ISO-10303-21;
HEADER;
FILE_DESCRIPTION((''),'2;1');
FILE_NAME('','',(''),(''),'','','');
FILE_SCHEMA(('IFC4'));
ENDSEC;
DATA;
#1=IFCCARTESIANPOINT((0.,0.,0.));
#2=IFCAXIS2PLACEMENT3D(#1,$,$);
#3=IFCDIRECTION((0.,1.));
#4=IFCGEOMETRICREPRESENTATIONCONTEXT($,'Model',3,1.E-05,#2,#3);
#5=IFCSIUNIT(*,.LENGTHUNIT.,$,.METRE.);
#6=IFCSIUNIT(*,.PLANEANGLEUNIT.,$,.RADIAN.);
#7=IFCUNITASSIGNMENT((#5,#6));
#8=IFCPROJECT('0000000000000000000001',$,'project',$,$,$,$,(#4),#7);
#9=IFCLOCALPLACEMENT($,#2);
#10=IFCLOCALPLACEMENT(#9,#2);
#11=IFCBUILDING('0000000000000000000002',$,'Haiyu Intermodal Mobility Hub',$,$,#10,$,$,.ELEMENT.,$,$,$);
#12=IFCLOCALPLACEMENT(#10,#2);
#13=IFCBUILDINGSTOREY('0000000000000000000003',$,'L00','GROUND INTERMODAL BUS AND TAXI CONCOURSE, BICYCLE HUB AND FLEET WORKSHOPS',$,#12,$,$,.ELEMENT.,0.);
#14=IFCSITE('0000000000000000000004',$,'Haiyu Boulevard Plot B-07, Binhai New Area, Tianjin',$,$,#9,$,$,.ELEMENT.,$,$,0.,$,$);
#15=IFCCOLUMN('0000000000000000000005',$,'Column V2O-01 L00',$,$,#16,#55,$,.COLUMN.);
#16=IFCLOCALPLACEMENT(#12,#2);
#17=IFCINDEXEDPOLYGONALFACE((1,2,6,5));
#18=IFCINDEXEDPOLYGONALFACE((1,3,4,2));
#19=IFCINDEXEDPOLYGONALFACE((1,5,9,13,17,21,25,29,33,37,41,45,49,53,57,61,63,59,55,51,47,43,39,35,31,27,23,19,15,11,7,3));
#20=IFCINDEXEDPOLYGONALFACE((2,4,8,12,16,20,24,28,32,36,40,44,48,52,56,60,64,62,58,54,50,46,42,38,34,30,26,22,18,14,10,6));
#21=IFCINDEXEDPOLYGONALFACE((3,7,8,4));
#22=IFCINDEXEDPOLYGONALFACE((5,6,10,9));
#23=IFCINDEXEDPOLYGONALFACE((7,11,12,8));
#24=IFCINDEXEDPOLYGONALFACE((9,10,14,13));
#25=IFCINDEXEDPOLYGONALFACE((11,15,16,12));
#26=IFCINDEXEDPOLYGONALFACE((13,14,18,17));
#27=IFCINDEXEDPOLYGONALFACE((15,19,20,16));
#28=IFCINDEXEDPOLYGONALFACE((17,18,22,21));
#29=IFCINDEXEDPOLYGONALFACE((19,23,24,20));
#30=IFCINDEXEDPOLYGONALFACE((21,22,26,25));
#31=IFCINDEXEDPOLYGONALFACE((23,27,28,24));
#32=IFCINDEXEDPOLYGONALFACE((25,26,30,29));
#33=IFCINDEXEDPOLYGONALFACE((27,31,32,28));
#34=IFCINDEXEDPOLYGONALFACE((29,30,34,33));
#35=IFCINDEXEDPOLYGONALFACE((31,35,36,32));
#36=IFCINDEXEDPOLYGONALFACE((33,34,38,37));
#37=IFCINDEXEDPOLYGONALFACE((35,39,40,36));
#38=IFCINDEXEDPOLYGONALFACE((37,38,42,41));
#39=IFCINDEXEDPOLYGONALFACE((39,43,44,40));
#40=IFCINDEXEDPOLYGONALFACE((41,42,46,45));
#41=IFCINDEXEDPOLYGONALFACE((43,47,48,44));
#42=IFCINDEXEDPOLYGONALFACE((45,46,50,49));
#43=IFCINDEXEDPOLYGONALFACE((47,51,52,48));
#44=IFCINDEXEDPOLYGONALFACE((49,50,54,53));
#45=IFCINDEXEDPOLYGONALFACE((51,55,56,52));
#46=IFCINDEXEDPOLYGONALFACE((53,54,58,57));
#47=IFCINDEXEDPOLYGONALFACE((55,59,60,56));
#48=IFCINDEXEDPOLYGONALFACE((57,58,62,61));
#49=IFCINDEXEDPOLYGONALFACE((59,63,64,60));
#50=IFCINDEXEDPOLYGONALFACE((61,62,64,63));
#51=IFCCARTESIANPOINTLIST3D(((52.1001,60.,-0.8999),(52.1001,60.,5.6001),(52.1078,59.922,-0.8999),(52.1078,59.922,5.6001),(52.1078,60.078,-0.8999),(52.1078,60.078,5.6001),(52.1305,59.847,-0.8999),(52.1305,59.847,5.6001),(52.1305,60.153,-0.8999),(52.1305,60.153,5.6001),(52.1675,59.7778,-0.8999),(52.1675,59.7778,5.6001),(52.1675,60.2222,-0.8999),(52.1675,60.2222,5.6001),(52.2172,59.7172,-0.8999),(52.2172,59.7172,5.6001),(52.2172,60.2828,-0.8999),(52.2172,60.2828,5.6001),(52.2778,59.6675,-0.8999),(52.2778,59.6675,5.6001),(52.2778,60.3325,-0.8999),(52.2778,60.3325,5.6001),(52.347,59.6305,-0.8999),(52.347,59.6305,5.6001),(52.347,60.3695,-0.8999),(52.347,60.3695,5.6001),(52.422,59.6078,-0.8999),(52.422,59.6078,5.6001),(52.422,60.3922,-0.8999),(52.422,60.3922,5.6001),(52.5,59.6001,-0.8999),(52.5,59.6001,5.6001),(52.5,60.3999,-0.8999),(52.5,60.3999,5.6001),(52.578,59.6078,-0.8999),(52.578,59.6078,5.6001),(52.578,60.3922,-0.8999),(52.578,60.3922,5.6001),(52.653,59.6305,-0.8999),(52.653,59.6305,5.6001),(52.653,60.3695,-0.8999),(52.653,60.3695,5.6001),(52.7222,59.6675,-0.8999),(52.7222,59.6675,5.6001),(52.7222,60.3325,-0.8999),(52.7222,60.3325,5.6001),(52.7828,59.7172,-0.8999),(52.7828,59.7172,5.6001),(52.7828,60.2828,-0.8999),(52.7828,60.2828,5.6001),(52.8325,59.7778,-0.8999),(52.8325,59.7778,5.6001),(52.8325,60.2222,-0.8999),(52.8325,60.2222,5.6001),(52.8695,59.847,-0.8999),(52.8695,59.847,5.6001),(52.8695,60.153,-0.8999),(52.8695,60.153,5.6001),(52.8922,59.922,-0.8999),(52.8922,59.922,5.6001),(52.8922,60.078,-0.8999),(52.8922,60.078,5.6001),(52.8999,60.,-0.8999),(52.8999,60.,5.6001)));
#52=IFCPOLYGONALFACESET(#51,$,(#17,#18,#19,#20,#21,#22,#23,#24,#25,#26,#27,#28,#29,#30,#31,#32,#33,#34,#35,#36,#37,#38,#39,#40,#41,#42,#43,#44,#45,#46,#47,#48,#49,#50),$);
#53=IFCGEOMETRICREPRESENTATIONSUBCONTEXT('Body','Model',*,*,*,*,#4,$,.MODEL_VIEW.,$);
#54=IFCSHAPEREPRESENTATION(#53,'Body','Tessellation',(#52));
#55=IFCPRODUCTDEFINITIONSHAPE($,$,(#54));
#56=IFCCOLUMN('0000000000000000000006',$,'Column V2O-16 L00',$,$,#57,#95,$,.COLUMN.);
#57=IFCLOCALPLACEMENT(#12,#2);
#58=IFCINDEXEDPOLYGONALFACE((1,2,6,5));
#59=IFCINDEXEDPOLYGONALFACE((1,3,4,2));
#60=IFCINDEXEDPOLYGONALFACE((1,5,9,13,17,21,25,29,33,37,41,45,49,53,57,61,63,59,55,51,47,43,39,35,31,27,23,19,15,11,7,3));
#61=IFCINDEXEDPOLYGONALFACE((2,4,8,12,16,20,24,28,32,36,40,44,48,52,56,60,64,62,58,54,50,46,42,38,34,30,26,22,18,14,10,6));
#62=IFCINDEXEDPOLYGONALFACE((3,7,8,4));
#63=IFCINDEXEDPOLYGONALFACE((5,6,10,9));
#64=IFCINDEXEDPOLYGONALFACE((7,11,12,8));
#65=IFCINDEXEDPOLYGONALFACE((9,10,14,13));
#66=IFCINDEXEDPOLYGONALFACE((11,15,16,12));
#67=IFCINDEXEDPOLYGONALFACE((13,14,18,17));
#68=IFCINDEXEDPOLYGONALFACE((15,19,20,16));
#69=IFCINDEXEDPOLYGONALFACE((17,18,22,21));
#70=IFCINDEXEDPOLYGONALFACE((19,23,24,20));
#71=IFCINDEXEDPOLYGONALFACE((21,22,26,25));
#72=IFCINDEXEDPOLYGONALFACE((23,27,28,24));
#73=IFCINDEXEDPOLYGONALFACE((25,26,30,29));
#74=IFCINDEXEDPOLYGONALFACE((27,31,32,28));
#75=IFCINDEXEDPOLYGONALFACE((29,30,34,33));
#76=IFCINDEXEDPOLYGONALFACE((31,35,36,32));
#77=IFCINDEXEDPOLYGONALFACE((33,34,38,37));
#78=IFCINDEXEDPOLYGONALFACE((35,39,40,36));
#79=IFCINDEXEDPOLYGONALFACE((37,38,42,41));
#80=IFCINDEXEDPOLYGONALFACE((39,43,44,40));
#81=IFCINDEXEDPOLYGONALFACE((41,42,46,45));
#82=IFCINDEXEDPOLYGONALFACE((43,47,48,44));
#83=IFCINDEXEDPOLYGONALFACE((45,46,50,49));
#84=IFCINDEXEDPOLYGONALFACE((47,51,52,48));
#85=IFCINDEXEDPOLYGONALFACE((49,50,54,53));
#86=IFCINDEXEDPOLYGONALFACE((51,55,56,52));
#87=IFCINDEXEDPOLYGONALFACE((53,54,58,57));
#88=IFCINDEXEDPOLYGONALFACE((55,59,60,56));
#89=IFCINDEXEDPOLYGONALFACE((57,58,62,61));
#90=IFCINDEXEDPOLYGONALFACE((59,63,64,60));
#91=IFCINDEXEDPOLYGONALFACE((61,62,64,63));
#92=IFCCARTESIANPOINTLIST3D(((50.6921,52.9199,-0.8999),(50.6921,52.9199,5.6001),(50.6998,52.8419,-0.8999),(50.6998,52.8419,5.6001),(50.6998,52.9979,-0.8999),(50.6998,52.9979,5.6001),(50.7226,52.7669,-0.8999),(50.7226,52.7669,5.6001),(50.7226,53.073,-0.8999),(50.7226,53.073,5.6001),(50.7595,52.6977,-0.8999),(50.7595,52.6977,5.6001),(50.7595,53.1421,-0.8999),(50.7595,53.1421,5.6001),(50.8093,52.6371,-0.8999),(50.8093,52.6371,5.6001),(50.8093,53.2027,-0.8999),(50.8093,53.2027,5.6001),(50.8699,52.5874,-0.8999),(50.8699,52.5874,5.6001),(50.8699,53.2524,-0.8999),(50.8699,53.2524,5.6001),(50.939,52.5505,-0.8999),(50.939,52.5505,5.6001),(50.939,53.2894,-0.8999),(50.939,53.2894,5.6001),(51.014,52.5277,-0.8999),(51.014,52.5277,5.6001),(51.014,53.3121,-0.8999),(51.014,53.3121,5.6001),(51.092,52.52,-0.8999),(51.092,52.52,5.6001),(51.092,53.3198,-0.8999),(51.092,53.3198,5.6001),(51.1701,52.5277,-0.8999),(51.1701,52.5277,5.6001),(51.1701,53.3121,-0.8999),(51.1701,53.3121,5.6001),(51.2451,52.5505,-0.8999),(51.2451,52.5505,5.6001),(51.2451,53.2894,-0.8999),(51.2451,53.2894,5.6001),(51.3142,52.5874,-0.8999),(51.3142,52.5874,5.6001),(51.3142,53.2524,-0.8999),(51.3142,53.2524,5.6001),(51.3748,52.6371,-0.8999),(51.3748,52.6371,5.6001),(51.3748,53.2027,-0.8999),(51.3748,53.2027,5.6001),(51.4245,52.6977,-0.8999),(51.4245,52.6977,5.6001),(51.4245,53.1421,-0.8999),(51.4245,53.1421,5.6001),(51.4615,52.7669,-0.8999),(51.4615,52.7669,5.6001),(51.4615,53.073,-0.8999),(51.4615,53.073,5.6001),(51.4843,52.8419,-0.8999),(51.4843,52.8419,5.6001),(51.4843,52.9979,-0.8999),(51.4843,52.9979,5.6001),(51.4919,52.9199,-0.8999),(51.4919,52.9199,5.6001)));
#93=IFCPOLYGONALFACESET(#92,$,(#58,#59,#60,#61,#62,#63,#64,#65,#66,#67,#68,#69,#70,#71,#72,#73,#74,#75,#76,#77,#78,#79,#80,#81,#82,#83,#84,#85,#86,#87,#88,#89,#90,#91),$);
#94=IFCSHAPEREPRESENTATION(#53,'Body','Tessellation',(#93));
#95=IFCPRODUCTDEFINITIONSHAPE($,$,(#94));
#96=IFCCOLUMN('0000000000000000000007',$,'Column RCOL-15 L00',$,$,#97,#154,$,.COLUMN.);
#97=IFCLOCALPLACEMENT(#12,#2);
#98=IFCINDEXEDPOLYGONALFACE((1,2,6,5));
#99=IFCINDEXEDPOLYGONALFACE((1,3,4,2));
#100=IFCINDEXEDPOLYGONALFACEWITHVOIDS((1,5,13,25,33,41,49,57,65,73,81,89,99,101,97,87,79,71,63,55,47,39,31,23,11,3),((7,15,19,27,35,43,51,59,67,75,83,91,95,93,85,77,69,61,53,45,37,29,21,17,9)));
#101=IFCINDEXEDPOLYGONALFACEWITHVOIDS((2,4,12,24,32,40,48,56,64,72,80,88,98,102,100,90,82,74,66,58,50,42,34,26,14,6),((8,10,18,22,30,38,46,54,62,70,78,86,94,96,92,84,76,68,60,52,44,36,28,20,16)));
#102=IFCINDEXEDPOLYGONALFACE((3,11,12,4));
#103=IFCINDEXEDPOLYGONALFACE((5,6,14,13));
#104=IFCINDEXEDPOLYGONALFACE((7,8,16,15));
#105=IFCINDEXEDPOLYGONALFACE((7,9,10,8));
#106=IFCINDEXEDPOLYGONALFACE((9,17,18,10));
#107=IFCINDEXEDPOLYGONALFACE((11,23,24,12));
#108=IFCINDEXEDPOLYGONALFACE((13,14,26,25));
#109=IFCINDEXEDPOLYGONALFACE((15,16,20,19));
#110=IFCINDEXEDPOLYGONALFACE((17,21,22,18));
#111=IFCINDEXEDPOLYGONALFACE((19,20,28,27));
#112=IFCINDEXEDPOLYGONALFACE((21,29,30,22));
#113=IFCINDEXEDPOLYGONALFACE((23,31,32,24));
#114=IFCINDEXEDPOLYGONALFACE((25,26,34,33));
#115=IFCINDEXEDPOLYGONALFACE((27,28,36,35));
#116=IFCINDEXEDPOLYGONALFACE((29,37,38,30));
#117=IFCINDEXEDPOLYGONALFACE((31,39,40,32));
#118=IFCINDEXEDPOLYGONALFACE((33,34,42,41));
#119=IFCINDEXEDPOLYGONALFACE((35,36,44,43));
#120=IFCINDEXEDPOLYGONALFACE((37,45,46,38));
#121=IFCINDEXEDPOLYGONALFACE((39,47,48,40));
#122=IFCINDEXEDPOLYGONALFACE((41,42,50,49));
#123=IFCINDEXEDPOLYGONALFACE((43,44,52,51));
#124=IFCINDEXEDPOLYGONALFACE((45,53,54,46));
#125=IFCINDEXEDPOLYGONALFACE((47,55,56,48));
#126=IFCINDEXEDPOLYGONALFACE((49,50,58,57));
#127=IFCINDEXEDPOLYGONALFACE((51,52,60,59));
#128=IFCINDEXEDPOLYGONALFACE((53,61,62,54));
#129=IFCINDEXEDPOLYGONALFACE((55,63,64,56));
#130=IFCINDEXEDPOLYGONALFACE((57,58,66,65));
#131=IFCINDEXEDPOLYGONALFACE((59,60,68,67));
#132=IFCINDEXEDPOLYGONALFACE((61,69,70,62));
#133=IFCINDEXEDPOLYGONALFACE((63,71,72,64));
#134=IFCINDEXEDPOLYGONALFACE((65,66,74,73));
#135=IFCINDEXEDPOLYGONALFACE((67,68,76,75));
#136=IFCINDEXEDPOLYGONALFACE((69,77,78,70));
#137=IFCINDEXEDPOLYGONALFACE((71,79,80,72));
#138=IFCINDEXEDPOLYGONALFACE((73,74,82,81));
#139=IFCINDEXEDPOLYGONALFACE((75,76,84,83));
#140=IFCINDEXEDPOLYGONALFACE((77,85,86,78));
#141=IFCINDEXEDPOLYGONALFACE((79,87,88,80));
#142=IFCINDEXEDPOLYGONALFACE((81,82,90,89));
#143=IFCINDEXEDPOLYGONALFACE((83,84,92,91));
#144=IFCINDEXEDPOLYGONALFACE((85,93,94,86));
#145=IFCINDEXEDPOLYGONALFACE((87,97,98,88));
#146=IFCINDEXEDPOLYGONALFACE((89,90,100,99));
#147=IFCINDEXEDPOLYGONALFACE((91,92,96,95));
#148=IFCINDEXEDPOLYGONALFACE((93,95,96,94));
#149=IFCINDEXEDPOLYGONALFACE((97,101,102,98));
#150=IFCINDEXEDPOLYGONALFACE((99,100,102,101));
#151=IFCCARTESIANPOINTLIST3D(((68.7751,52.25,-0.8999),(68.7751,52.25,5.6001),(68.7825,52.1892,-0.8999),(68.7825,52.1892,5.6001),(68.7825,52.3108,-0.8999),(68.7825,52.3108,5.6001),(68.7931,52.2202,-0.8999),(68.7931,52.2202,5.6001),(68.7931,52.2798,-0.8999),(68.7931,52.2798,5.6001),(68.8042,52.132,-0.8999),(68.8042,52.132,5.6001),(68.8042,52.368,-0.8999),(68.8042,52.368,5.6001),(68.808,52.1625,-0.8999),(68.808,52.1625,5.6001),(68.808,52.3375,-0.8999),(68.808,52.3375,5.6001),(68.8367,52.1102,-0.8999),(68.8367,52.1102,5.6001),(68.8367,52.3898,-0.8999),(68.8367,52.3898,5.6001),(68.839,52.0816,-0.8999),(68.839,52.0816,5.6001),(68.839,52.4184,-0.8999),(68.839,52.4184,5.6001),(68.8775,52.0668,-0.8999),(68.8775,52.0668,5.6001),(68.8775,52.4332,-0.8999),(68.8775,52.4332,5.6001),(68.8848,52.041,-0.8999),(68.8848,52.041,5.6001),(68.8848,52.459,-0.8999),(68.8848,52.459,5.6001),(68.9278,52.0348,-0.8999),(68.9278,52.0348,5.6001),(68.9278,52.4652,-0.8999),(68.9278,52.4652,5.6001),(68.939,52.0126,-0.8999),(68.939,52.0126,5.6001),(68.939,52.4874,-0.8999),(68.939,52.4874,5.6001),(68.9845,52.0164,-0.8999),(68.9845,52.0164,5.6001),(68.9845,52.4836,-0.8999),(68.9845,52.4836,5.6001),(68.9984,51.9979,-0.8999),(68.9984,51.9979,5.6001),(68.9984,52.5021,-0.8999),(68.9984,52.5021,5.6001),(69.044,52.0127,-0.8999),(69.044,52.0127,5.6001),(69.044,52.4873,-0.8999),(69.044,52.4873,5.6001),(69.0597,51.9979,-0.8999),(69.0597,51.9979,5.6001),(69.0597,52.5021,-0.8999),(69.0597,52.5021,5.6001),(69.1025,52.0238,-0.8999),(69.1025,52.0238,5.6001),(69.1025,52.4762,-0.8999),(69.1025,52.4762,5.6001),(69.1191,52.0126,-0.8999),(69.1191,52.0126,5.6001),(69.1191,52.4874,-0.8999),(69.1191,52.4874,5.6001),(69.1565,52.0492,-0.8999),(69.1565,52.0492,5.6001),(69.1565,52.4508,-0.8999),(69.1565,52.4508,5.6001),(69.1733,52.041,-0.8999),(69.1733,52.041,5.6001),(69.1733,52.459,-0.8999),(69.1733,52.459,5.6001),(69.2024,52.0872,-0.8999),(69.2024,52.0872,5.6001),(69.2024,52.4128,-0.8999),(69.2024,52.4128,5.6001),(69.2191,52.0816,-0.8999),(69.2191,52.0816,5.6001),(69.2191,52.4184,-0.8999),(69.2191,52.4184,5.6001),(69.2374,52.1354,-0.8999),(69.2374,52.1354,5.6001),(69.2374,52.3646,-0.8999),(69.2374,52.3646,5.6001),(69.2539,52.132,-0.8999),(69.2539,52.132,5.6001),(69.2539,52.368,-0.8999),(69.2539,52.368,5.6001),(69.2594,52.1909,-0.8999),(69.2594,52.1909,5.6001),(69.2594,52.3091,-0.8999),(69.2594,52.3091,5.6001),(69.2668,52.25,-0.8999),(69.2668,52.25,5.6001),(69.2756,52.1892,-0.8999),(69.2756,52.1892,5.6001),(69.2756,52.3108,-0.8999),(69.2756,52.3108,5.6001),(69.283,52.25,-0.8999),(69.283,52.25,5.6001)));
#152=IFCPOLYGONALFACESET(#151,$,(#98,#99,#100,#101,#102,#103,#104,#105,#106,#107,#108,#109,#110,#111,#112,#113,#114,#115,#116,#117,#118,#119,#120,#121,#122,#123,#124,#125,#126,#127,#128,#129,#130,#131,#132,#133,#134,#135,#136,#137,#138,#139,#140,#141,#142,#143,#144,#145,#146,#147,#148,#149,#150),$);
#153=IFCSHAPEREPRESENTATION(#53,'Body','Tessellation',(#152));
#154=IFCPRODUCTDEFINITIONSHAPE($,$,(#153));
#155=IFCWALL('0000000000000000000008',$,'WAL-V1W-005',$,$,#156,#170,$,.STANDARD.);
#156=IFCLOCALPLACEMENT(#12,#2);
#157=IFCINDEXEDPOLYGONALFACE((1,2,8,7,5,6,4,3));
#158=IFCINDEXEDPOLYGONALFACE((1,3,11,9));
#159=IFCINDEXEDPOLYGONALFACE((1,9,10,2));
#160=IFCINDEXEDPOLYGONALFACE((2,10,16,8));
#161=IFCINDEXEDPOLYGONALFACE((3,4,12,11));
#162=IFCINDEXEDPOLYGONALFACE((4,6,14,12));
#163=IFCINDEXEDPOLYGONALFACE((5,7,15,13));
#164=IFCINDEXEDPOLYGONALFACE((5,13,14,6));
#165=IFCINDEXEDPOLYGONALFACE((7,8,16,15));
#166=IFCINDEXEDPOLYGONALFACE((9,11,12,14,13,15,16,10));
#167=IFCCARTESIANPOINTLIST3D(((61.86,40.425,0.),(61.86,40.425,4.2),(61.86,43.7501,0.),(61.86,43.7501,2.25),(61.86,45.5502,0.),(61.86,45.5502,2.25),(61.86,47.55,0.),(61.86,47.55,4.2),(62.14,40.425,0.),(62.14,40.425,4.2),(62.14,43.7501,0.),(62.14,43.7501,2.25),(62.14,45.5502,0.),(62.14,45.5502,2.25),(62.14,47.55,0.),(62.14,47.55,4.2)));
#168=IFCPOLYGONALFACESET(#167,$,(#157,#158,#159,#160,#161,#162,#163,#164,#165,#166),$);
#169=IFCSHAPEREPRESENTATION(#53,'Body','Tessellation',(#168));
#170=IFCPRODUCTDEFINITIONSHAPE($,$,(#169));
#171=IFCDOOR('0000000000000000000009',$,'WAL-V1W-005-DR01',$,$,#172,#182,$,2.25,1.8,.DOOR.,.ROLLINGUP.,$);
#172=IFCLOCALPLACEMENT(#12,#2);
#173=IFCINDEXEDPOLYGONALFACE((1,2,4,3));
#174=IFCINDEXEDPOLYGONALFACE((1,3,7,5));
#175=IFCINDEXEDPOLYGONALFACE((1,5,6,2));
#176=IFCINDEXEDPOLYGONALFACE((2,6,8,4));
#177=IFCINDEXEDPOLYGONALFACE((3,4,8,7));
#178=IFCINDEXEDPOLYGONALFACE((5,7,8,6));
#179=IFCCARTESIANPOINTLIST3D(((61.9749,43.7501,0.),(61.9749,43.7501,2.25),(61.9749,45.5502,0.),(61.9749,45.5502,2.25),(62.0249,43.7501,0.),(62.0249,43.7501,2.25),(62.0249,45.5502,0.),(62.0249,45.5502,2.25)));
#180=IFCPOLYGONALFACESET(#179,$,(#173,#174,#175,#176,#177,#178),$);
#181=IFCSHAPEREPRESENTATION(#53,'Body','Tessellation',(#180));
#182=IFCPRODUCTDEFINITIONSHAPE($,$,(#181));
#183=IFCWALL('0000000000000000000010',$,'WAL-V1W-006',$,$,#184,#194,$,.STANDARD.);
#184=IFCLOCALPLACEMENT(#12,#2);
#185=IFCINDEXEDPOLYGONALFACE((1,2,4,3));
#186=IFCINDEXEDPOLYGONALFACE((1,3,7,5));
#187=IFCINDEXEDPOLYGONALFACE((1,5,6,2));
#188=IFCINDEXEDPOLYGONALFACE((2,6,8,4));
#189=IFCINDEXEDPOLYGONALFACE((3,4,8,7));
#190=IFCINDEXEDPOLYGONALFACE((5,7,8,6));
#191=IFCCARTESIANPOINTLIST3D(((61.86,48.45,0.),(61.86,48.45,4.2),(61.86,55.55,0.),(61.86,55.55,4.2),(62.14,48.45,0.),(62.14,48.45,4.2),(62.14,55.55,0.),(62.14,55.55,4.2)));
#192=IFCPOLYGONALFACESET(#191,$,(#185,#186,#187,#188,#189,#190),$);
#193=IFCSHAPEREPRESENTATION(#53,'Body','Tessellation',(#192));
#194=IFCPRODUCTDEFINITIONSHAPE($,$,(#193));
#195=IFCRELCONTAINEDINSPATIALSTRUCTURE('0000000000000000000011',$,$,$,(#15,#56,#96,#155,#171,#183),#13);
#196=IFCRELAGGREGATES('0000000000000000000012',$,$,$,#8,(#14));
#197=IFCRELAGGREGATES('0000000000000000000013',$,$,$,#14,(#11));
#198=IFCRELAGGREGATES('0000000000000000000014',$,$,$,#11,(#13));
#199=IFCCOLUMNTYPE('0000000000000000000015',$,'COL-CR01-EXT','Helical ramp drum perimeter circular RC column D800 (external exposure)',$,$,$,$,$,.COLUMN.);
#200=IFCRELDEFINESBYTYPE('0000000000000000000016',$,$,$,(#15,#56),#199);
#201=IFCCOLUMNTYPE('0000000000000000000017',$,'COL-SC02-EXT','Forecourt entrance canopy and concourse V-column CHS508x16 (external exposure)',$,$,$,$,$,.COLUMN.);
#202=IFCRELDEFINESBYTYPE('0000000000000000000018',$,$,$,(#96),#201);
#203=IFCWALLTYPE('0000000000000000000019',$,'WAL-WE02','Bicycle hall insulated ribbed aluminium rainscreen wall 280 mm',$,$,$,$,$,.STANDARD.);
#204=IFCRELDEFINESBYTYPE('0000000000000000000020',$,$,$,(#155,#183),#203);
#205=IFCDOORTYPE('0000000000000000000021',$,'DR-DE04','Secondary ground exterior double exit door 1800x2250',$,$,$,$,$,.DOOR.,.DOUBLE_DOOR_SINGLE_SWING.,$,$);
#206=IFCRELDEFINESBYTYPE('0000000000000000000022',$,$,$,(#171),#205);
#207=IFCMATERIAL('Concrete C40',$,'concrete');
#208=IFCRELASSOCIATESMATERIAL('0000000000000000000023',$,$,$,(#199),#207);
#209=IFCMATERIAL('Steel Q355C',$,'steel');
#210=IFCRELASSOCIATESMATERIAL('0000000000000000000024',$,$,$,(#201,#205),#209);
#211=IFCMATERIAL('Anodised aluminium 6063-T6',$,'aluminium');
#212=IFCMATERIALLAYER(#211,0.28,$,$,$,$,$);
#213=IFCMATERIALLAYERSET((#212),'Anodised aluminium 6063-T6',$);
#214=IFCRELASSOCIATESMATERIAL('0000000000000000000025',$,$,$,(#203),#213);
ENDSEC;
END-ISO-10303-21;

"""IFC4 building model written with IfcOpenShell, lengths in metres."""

from ifc_helpers import new_model, si_unit, direction, frame, frame_2d, origin, origin_2d, place, context, subcontext, project, spatial, rectangle, circle, hollow_circle, extrude, material, layer, layer_set, material_profile, profile_set, type_object, element, fill, save


model = new_model("IFC4")

# Units and contexts
model_context = context("Model", 3, precision=1e-05, world=origin(), true_north=direction((0.0, 1.0)))
body_context = subcontext(model_context, "Body", "Model", "MODEL_VIEW")
ifc_project = project(units=[si_unit("LENGTHUNIT", "METRE"), si_unit("PLANEANGLEUNIT", "RADIAN")], contexts=[model_context])

# Site, building, storey
site_placement = place(None, origin())
site = spatial("IfcSite", under=ifc_project, at=site_placement, Name="Haiyu Boulevard Plot B-07, Binhai New Area, Tianjin", CompositionType="ELEMENT", RefElevation=0.0)
building_placement = place(site_placement, origin())
building = spatial("IfcBuilding", under=site, at=building_placement, Name="Haiyu Intermodal Mobility Hub", CompositionType="ELEMENT")
storey_placement = place(building_placement, origin())
storey = spatial("IfcBuildingStorey", under=building, at=storey_placement, Name="L00", Description="GROUND INTERMODAL BUS AND TAXI CONCOURSE, BICYCLE HUB AND FLEET WORKSHOPS", CompositionType="ELEMENT", Elevation=0.0)

# Shared definitions
ifc_material_1 = material(Name="Concrete C40", Category="concrete")

# Columns
ifc_material_profile_1 = material_profile(ifc_material_1, circle(Radius=0.3999, at=origin_2d()), Name="RCCOL-D800")
ifc_profile_set_1 = profile_set([ifc_material_profile_1], Name="Concrete C40")
column_type_1 = type_object("IfcColumnType", Name="COL-CR01-EXT", Description="Helical ramp drum perimeter circular RC column D800 (external exposure)", PredefinedType="COLUMN", material=ifc_profile_set_1)
for number, where, z_axis, x_axis, name in (
    (1, (52.5, 60.0, -0.8999), (0.0, 0.0, 1.0), (1.0, 0.0, 0.0), "Column V2O-01 L00"),
    (2, (51.092, 52.9199, -0.8999), (0.0, 0.0, 1.0), (1.0, 0.0, 0.0), "Column V2O-16 L00"),
):
    element("IfcColumn", number, at=place(storey_placement, frame(where, z_axis=z_axis, x_axis=x_axis)), inside=storey, type_object=column_type_1, Name=name, PredefinedType="COLUMN", context=body_context, shape_type="SweptSolid", body=[
        extrude(circle(Radius=0.3999, at=origin_2d()), origin(), (0.0, 0.0, 1.0), 6.5),
    ])
ifc_material_2 = material(Name="Steel Q355C", Category="steel")
ifc_material_profile_2 = material_profile(ifc_material_2, hollow_circle(Radius=0.2539, WallThickness=0.0161, at=origin_2d()), Name="CHS508x16")
ifc_profile_set_2 = profile_set([ifc_material_profile_2], Name="Steel Q355C")
column_type_2 = type_object("IfcColumnType", Name="COL-SC02-EXT", Description="Forecourt entrance canopy and concourse V-column CHS508x16 (external exposure)", PredefinedType="COLUMN", material=ifc_profile_set_2)
column_1_placement = place(storey_placement, frame((69.0291, 52.25, -0.8999), z_axis=(0.0, 0.0, 1.0), x_axis=(1.0, 0.0, 0.0)))
element("IfcColumn", 3, at=column_1_placement, inside=storey, type_object=column_type_2, Name="Column RCOL-15 L00", PredefinedType="COLUMN", context=body_context, shape_type="SweptSolid", body=[
    extrude(hollow_circle(Radius=0.2539, WallThickness=0.0161, at=origin_2d()), origin(), (0.0, 0.0, 1.0), 6.5),
])

# Wall, opening, door
ifc_material_3 = material(Name="Anodised aluminium 6063-T6", Category="aluminium")
ifc_layer_1 = layer(ifc_material_3, 0.28)
ifc_layer_set_1 = layer_set([ifc_layer_1], Name="Anodised aluminium 6063-T6")
wall_type = type_object("IfcWallType", Name="WAL-WE02", Description="Bicycle hall insulated ribbed aluminium rainscreen wall 280 mm", PredefinedType="STANDARD", material=ifc_layer_set_1)
wall_1_placement = place(storey_placement, frame((62.0, 47.55, 0.0), z_axis=(0.0, 0.0, 1.0), x_axis=(0.0, -1.0, 0.0)))
wall_1 = element("IfcWall", 4, at=wall_1_placement, inside=storey, type_object=wall_type, Name="WAL-V1W-005", PredefinedType="STANDARD", context=body_context, shape_type="SweptSolid", body=[
    extrude(rectangle(XDim=7.125, YDim=0.28, at=frame_2d((3.5625, 0.0))), origin(), (0.0, 0.0, 1.0), 4.2),
])
opening_placement = place(wall_1_placement, frame((2.0, 0.0, 0.0)))
opening = element("IfcOpeningElement", 5, at=opening_placement, cuts=wall_1, PredefinedType="OPENING", context=body_context, shape_type="SweptSolid", body=[
    extrude(rectangle(XDim=1.8, YDim=2.25, at=frame_2d((0.8999, 1.125))), frame((0.0, 0.1499, 0.0), z_axis=(0.0, -1.0, 0.0), x_axis=(1.0, 0.0, 0.0)), (0.0, 0.0, 1.0), 0.3),
])
door_type = type_object("IfcDoorType", Name="DR-DE04", Description="Secondary ground exterior double exit door 1800x2250", OperationType="DOUBLE_DOOR_SINGLE_SWING", PredefinedType="DOOR", material=ifc_material_2)
door_placement = place(opening_placement, origin())
door = element("IfcDoor", 6, at=door_placement, inside=storey, type_object=door_type, Name="WAL-V1W-005-DR01", OperationType="ROLLINGUP", OverallHeight=2.25, OverallWidth=1.8, PredefinedType="DOOR", context=body_context, shape_type="SweptSolid", body=[
    extrude(rectangle(XDim=1.8, YDim=2.25, at=frame_2d((0.8999, 1.125))), frame((0.0, 0.0249, 0.0), z_axis=(0.0, -1.0, 0.0), x_axis=(1.0, 0.0, 0.0)), (0.0, 0.0, 1.0), 0.05),
])
fill(opening, door)

# Wall
wall_2_placement = place(storey_placement, frame((62.0, 55.55, 0.0), z_axis=(0.0, 0.0, 1.0), x_axis=(0.0, -1.0, 0.0)))
element("IfcWall", 7, at=wall_2_placement, inside=storey, type_object=wall_type, Name="WAL-V1W-006", PredefinedType="STANDARD", context=body_context, shape_type="SweptSolid", body=[
    extrude(rectangle(XDim=7.1001, YDim=0.28, at=frame_2d((3.55, 0.0))), origin(), (0.0, 0.0, 1.0), 4.2),
])

save(model, "model.ifc")
